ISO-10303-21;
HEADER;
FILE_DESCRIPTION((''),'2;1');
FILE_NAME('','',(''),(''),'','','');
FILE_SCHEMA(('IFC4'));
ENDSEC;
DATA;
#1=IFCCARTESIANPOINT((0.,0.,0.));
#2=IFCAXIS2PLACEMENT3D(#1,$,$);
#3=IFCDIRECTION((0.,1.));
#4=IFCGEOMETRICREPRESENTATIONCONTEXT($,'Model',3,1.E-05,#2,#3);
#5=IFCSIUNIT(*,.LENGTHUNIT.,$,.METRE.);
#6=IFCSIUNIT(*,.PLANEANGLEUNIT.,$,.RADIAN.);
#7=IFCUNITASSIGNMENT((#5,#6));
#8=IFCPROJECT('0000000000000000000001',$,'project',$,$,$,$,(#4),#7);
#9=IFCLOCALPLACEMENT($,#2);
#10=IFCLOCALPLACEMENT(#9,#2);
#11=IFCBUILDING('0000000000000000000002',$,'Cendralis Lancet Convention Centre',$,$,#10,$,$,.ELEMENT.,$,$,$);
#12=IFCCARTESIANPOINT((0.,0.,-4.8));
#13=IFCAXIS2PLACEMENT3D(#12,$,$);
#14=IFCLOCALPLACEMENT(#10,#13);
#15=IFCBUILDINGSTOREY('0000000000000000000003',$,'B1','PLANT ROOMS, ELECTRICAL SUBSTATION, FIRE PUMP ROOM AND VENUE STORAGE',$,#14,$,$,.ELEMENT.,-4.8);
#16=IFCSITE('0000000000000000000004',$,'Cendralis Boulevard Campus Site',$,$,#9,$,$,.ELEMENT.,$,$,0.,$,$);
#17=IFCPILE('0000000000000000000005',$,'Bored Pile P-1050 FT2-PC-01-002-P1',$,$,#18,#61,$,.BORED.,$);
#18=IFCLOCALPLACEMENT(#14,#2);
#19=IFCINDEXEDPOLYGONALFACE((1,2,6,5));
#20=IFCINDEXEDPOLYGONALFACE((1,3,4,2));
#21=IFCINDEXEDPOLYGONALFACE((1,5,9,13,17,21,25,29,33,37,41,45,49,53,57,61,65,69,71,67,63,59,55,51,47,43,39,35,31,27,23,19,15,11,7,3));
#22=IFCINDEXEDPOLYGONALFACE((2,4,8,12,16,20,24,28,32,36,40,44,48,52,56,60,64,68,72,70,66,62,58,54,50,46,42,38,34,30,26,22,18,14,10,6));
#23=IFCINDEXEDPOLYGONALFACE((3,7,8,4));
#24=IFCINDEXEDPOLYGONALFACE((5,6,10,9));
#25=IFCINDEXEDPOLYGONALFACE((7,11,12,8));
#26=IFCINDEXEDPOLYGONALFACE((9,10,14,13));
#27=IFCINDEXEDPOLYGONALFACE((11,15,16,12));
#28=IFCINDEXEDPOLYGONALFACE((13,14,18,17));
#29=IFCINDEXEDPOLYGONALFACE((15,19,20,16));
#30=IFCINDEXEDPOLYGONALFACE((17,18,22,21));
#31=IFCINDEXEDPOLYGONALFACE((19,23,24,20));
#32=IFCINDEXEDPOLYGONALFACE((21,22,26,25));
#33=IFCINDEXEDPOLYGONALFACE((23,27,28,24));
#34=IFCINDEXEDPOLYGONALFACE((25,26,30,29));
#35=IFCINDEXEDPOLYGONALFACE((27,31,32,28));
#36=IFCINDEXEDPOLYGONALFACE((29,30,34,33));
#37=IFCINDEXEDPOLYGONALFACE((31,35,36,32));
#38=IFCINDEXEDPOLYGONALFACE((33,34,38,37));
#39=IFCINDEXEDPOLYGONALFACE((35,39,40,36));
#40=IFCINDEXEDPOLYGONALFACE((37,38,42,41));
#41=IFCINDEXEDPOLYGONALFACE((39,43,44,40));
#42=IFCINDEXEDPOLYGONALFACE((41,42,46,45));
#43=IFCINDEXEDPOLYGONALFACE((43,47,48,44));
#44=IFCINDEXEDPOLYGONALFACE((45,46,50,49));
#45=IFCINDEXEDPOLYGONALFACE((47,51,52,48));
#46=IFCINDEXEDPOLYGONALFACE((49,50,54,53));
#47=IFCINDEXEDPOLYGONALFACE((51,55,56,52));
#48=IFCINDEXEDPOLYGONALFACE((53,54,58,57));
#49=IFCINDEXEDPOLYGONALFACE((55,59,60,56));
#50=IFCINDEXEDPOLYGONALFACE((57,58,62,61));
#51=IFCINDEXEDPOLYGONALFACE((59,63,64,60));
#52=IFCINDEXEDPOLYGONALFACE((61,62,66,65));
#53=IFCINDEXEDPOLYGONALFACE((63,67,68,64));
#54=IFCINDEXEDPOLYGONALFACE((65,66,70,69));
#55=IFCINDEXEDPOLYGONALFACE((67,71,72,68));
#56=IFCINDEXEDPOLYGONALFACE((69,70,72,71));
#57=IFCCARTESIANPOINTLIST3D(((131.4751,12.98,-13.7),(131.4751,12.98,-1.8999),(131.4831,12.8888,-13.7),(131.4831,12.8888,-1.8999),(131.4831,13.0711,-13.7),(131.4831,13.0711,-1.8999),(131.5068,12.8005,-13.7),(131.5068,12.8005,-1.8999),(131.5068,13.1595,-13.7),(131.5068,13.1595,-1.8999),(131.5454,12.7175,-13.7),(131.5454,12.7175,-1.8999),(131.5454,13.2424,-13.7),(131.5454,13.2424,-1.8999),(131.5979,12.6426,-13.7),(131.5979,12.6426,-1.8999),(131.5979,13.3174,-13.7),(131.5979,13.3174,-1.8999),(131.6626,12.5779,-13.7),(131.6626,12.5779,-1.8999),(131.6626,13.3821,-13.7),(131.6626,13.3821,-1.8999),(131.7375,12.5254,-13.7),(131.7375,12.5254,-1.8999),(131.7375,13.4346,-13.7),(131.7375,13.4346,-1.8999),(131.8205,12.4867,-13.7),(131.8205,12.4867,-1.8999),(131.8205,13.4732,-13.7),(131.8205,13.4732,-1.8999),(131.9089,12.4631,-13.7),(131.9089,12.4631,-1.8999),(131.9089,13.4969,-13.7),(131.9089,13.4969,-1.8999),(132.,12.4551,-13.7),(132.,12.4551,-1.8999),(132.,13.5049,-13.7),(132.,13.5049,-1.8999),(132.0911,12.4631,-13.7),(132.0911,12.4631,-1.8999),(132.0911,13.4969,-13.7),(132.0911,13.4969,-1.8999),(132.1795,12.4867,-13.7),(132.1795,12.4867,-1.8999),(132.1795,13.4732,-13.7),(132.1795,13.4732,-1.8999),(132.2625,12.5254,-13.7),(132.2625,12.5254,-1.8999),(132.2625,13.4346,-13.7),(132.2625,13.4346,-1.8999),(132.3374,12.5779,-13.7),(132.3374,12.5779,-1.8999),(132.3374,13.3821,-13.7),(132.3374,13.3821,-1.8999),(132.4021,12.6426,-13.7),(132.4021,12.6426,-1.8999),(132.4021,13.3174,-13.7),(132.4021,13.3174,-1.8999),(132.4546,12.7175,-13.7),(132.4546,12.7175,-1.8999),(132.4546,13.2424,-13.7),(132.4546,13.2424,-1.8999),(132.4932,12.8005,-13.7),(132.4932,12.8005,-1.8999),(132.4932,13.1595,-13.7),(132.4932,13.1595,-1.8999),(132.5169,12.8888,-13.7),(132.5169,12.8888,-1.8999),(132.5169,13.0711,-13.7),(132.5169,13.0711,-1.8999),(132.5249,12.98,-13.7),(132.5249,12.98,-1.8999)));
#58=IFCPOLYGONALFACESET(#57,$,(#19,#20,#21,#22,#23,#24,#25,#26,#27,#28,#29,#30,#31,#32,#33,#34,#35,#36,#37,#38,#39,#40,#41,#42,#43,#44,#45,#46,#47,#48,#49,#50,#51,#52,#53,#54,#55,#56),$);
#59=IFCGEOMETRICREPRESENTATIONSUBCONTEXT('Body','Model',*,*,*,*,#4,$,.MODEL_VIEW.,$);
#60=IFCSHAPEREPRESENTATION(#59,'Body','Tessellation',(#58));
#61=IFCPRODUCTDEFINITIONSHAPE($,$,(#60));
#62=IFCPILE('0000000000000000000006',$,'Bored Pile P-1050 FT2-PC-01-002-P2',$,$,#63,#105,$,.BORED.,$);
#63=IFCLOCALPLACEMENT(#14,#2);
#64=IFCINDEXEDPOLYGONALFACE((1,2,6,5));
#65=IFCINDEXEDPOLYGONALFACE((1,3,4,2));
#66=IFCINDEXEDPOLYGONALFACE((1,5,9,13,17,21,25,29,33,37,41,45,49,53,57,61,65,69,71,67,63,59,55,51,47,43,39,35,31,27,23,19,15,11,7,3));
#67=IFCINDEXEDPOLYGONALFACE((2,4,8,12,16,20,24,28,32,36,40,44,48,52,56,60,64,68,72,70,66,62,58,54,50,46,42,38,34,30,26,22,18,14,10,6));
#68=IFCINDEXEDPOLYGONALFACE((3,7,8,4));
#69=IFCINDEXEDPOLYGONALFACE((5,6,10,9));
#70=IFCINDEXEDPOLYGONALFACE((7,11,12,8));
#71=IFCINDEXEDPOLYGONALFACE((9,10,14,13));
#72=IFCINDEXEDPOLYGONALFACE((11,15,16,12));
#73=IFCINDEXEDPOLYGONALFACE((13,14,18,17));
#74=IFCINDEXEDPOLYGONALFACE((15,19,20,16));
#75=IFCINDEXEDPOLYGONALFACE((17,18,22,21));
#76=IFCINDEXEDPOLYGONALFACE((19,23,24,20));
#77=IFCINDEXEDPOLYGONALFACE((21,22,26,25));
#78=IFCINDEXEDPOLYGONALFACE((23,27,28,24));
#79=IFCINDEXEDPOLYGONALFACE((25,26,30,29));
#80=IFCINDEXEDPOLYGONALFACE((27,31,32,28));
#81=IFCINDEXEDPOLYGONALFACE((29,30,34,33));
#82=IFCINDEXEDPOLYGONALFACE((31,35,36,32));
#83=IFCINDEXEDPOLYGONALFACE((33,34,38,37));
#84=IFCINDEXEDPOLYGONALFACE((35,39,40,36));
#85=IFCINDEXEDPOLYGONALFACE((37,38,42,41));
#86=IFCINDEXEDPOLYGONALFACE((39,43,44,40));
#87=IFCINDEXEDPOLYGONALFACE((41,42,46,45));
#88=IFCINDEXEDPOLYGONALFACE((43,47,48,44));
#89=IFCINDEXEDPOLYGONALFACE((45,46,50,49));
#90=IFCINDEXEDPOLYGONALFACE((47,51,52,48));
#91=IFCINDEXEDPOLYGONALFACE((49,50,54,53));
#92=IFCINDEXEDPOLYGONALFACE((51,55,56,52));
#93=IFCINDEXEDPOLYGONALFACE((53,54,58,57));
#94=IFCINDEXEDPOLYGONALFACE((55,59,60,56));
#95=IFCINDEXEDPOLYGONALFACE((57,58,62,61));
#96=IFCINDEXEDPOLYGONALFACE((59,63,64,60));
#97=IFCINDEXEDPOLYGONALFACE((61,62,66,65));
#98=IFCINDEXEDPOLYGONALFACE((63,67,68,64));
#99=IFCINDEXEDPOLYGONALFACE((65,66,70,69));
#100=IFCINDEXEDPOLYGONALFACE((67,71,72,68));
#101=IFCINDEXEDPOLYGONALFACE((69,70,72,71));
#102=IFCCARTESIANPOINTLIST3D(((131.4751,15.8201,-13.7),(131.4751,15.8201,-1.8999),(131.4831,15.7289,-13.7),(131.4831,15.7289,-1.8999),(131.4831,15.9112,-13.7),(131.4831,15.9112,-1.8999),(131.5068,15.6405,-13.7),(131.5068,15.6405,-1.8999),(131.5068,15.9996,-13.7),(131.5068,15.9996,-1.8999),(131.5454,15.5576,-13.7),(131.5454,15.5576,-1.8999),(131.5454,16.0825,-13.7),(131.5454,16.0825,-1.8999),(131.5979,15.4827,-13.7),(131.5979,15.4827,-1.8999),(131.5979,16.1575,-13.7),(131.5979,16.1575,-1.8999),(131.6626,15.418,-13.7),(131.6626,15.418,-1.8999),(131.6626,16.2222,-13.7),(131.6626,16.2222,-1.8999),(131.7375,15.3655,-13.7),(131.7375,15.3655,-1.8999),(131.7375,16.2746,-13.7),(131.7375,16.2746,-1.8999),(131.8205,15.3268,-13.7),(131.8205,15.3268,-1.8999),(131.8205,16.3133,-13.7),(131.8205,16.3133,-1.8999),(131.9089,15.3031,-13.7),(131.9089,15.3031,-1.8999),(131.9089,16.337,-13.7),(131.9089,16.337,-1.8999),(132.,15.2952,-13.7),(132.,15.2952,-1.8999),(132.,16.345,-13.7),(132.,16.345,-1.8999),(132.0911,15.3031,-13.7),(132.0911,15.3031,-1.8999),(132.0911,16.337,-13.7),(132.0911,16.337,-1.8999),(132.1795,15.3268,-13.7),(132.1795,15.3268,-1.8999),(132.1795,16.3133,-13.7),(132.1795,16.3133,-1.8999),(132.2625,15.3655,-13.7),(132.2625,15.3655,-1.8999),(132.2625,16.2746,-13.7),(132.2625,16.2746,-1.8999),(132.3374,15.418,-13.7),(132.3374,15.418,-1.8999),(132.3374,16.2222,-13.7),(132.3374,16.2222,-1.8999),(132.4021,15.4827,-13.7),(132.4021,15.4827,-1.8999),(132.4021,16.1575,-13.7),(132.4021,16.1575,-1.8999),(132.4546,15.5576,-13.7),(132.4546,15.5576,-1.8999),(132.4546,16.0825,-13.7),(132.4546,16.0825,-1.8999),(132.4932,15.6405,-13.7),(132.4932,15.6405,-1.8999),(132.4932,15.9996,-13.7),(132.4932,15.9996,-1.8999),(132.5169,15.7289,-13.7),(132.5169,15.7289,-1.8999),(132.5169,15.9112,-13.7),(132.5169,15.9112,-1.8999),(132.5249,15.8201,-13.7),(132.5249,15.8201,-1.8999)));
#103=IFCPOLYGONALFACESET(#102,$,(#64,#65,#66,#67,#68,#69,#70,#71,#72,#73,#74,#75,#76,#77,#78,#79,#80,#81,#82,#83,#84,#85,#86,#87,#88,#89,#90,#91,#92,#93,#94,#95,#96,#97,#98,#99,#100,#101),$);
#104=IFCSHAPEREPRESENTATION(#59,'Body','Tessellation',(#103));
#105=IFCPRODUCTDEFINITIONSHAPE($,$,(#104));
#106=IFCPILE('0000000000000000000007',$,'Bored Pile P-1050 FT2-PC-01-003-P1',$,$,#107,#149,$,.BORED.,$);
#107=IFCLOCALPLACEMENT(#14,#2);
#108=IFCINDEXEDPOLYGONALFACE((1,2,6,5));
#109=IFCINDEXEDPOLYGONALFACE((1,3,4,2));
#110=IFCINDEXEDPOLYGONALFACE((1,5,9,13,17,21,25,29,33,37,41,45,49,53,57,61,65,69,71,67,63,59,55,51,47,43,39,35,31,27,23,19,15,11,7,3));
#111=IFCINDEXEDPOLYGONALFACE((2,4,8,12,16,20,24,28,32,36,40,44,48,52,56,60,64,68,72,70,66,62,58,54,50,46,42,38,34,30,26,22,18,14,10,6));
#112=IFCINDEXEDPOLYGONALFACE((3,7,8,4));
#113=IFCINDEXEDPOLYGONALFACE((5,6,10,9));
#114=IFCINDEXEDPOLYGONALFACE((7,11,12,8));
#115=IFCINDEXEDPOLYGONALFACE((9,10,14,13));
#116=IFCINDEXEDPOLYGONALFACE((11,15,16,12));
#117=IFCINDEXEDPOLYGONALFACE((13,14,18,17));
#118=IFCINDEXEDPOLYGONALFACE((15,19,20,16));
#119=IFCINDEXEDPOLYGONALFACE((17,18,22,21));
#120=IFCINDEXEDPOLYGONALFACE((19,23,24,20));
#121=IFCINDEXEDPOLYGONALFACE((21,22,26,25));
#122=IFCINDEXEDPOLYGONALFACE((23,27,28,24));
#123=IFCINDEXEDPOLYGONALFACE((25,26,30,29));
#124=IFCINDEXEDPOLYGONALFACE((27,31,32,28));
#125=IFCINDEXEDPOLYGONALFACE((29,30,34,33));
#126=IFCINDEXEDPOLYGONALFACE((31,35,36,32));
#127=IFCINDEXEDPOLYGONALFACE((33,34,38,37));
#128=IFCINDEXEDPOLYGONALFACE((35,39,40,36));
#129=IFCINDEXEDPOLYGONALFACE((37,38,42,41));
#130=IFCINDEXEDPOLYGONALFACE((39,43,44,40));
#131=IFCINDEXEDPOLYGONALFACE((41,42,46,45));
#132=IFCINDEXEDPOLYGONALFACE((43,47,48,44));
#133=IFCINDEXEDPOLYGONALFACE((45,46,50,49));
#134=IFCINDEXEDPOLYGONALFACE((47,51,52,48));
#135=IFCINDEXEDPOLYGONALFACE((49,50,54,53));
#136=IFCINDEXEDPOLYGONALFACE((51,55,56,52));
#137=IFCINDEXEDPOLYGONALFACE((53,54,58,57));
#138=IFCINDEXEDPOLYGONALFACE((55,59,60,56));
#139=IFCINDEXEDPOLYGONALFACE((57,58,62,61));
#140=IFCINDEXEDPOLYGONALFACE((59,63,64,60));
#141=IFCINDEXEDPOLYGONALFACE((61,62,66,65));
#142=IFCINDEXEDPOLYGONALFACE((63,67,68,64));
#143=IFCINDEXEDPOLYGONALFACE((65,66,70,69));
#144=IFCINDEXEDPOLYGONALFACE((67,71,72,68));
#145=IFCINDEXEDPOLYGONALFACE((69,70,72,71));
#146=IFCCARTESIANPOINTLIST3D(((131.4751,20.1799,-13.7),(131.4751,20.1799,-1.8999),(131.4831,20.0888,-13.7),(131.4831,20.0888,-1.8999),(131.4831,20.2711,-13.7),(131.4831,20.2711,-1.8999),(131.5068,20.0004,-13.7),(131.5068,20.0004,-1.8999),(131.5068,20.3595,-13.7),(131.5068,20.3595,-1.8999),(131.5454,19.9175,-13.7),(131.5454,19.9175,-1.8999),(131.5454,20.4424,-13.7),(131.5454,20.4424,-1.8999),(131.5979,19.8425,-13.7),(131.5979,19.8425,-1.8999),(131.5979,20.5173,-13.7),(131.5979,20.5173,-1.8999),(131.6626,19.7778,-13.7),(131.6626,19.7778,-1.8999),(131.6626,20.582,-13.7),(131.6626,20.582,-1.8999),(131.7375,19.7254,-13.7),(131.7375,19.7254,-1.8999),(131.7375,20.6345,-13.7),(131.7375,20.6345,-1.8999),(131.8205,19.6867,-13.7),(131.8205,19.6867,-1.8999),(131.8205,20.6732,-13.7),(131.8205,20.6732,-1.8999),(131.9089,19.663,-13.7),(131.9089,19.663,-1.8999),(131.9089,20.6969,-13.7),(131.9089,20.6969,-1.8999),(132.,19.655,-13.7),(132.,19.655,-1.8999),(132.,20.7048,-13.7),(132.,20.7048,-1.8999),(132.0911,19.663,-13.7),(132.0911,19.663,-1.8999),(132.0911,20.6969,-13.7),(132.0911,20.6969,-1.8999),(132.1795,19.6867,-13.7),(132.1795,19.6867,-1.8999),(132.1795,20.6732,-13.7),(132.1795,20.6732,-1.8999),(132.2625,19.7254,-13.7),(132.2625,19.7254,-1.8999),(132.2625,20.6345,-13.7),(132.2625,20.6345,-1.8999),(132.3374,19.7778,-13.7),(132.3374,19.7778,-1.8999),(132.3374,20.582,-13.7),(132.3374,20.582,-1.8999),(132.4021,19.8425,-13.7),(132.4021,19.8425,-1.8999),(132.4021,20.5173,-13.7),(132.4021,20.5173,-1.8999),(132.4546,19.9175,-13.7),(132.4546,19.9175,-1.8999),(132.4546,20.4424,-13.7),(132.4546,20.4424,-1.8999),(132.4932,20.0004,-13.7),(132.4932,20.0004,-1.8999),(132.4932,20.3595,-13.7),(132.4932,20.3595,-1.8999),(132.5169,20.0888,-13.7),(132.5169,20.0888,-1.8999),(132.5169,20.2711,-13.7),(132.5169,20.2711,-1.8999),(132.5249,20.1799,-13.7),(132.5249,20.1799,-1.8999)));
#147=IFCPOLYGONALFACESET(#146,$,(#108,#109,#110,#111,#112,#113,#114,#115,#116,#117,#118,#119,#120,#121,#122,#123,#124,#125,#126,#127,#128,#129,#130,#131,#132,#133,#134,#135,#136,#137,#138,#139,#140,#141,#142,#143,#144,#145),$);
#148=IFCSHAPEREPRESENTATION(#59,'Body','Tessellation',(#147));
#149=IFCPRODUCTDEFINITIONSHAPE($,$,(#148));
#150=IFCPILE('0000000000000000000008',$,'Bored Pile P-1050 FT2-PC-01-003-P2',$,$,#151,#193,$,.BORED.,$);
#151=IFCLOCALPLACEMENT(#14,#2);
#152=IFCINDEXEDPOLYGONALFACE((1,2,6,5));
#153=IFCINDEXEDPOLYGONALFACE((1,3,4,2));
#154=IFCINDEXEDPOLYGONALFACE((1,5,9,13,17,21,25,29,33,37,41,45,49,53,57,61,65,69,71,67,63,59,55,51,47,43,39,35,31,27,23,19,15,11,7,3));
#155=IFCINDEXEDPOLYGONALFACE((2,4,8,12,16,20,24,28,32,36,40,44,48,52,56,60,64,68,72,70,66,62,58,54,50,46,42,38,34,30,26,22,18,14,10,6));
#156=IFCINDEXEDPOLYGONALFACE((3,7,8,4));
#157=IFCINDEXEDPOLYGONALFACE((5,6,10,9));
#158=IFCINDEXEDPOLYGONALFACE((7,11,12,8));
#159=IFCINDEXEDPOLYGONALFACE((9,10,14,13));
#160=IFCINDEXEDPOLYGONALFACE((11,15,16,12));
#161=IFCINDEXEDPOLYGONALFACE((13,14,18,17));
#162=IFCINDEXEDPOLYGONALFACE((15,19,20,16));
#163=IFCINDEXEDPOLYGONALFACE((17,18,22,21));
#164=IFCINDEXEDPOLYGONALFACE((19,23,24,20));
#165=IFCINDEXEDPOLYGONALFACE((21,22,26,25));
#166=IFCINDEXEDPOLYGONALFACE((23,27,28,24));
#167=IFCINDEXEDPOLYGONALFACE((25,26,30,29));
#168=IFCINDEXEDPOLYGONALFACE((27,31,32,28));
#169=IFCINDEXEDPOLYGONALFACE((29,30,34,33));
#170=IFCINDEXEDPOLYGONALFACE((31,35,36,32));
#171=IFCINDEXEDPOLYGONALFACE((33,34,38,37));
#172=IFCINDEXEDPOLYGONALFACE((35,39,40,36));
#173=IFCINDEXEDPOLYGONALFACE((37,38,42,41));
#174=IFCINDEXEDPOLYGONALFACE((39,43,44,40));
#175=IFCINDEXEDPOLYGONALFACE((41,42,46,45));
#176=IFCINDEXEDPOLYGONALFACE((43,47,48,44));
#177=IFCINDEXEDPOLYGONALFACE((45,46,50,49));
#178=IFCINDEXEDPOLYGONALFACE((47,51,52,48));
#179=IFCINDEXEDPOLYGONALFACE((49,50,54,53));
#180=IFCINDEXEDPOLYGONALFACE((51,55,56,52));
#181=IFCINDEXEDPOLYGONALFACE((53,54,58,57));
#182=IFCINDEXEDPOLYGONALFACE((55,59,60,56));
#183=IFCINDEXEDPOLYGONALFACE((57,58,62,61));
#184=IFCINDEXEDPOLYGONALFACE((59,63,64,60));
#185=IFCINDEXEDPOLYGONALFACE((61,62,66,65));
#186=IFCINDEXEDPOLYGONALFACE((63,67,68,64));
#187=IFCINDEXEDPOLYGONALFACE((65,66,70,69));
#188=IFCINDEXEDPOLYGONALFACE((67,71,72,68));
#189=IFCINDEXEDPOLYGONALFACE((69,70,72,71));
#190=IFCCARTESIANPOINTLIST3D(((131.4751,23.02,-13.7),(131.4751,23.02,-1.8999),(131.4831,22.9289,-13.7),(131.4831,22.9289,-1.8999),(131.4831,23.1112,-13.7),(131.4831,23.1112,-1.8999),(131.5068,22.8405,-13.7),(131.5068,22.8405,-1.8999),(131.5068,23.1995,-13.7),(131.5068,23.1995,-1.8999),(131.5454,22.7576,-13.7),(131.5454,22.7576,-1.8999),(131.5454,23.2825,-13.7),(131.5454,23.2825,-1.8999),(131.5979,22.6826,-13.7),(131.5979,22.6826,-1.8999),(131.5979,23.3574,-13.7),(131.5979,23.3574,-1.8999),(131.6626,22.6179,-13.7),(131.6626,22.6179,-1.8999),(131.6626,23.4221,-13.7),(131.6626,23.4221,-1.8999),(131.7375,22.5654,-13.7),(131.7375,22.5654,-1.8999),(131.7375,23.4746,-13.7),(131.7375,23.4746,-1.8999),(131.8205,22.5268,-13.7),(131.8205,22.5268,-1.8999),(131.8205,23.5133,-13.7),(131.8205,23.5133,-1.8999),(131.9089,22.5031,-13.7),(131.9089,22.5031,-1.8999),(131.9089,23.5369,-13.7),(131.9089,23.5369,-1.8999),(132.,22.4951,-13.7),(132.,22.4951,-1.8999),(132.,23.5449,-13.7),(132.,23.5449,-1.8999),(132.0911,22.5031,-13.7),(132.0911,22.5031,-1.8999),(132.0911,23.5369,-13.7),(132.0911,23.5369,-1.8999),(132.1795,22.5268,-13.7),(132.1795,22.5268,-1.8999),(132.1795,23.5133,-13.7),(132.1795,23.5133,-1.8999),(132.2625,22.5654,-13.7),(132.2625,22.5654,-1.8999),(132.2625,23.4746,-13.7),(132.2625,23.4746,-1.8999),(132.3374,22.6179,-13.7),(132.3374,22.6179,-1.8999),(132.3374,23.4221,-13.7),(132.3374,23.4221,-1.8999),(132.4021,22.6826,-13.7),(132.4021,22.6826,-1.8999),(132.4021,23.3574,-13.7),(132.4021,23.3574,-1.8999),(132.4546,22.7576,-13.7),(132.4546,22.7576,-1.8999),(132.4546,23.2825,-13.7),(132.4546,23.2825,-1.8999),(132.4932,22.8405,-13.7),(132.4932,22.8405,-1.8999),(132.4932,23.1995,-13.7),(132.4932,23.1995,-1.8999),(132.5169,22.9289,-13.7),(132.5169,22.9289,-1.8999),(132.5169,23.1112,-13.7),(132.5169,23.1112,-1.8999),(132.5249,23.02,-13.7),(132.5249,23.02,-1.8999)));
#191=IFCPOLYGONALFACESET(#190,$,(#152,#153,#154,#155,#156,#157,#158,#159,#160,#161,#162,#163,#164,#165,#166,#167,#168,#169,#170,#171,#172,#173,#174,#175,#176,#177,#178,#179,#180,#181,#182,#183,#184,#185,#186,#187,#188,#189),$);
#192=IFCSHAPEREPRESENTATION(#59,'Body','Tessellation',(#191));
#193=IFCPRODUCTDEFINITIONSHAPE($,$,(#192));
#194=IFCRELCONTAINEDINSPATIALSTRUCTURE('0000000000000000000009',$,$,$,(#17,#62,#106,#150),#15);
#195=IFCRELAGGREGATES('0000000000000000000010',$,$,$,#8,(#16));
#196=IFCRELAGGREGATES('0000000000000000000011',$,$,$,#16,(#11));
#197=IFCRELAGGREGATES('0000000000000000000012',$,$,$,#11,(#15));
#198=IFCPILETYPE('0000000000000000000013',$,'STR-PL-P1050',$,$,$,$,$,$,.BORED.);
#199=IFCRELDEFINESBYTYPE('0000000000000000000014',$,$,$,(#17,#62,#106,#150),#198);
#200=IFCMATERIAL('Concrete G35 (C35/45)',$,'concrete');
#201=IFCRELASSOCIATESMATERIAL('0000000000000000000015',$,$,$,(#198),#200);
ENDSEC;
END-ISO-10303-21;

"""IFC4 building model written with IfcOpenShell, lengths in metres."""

from ifc_helpers import new_model, si_unit, direction, frame, origin, origin_2d, place, context, subcontext, project, spatial, circle, extrude, material, material_profile, profile_set, type_object, element, save


model = new_model("IFC4")

# Units and contexts
model_context = context("Model", 3, precision=1e-05, world=origin(), true_north=direction((0.0, 1.0)))
body_context = subcontext(model_context, "Body", "Model", "MODEL_VIEW")
ifc_project = project(units=[si_unit("LENGTHUNIT", "METRE"), si_unit("PLANEANGLEUNIT", "RADIAN")], contexts=[model_context])

# Site, building, storey
site_placement = place(None, origin())
site = spatial("IfcSite", under=ifc_project, at=site_placement, Name="Cendralis Boulevard Campus Site", CompositionType="ELEMENT", RefElevation=0.0)
building_placement = place(site_placement, origin())
building = spatial("IfcBuilding", under=site, at=building_placement, Name="Cendralis Lancet Convention Centre", CompositionType="ELEMENT")
storey_placement = place(building_placement, frame((0.0, 0.0, -4.8)))
storey = spatial("IfcBuildingStorey", under=building, at=storey_placement, Name="B1", Description="PLANT ROOMS, ELECTRICAL SUBSTATION, FIRE PUMP ROOM AND VENUE STORAGE", CompositionType="ELEMENT", Elevation=-4.8)

# Shared definitions
ifc_material_1 = material(Name="Concrete G35 (C35/45)", Category="concrete")

# Piles
ifc_material_profile_1 = material_profile(ifc_material_1, circle(Radius=0.5249, at=origin_2d()), Name="BORED PILE D1050")
ifc_profile_set_1 = profile_set([ifc_material_profile_1], Name="Concrete G35 (C35/45)")
pile_type = type_object("IfcPileType", Name="STR-PL-P1050", PredefinedType="BORED", material=ifc_profile_set_1)
for number, where, z_axis, x_axis, name in (
    (1, (132.0, 12.98, -1.8999), (0.0, 0.0, -1.0), (1.0, 0.0, 0.0), "Bored Pile P-1050 FT2-PC-01-002-P1"),
    (2, (132.0, 15.8201, -1.8999), (0.0, 0.0, -1.0), (1.0, 0.0, 0.0), "Bored Pile P-1050 FT2-PC-01-002-P2"),
    (3, (132.0, 20.1799, -1.8999), (0.0, 0.0, -1.0), (1.0, 0.0, 0.0), "Bored Pile P-1050 FT2-PC-01-003-P1"),
    (4, (132.0, 23.02, -1.8999), (0.0, 0.0, -1.0), (1.0, 0.0, 0.0), "Bored Pile P-1050 FT2-PC-01-003-P2"),
):
    element("IfcPile", number, at=place(storey_placement, frame(where, z_axis=z_axis, x_axis=x_axis)), inside=storey, type_object=pile_type, Name=name, PredefinedType="BORED", context=body_context, shape_type="SweptSolid", body=[
        extrude(circle(Radius=0.5249, at=origin_2d()), origin(), (0.0, 0.0, 1.0), 11.8),
    ])

save(model, "model.ifc")
